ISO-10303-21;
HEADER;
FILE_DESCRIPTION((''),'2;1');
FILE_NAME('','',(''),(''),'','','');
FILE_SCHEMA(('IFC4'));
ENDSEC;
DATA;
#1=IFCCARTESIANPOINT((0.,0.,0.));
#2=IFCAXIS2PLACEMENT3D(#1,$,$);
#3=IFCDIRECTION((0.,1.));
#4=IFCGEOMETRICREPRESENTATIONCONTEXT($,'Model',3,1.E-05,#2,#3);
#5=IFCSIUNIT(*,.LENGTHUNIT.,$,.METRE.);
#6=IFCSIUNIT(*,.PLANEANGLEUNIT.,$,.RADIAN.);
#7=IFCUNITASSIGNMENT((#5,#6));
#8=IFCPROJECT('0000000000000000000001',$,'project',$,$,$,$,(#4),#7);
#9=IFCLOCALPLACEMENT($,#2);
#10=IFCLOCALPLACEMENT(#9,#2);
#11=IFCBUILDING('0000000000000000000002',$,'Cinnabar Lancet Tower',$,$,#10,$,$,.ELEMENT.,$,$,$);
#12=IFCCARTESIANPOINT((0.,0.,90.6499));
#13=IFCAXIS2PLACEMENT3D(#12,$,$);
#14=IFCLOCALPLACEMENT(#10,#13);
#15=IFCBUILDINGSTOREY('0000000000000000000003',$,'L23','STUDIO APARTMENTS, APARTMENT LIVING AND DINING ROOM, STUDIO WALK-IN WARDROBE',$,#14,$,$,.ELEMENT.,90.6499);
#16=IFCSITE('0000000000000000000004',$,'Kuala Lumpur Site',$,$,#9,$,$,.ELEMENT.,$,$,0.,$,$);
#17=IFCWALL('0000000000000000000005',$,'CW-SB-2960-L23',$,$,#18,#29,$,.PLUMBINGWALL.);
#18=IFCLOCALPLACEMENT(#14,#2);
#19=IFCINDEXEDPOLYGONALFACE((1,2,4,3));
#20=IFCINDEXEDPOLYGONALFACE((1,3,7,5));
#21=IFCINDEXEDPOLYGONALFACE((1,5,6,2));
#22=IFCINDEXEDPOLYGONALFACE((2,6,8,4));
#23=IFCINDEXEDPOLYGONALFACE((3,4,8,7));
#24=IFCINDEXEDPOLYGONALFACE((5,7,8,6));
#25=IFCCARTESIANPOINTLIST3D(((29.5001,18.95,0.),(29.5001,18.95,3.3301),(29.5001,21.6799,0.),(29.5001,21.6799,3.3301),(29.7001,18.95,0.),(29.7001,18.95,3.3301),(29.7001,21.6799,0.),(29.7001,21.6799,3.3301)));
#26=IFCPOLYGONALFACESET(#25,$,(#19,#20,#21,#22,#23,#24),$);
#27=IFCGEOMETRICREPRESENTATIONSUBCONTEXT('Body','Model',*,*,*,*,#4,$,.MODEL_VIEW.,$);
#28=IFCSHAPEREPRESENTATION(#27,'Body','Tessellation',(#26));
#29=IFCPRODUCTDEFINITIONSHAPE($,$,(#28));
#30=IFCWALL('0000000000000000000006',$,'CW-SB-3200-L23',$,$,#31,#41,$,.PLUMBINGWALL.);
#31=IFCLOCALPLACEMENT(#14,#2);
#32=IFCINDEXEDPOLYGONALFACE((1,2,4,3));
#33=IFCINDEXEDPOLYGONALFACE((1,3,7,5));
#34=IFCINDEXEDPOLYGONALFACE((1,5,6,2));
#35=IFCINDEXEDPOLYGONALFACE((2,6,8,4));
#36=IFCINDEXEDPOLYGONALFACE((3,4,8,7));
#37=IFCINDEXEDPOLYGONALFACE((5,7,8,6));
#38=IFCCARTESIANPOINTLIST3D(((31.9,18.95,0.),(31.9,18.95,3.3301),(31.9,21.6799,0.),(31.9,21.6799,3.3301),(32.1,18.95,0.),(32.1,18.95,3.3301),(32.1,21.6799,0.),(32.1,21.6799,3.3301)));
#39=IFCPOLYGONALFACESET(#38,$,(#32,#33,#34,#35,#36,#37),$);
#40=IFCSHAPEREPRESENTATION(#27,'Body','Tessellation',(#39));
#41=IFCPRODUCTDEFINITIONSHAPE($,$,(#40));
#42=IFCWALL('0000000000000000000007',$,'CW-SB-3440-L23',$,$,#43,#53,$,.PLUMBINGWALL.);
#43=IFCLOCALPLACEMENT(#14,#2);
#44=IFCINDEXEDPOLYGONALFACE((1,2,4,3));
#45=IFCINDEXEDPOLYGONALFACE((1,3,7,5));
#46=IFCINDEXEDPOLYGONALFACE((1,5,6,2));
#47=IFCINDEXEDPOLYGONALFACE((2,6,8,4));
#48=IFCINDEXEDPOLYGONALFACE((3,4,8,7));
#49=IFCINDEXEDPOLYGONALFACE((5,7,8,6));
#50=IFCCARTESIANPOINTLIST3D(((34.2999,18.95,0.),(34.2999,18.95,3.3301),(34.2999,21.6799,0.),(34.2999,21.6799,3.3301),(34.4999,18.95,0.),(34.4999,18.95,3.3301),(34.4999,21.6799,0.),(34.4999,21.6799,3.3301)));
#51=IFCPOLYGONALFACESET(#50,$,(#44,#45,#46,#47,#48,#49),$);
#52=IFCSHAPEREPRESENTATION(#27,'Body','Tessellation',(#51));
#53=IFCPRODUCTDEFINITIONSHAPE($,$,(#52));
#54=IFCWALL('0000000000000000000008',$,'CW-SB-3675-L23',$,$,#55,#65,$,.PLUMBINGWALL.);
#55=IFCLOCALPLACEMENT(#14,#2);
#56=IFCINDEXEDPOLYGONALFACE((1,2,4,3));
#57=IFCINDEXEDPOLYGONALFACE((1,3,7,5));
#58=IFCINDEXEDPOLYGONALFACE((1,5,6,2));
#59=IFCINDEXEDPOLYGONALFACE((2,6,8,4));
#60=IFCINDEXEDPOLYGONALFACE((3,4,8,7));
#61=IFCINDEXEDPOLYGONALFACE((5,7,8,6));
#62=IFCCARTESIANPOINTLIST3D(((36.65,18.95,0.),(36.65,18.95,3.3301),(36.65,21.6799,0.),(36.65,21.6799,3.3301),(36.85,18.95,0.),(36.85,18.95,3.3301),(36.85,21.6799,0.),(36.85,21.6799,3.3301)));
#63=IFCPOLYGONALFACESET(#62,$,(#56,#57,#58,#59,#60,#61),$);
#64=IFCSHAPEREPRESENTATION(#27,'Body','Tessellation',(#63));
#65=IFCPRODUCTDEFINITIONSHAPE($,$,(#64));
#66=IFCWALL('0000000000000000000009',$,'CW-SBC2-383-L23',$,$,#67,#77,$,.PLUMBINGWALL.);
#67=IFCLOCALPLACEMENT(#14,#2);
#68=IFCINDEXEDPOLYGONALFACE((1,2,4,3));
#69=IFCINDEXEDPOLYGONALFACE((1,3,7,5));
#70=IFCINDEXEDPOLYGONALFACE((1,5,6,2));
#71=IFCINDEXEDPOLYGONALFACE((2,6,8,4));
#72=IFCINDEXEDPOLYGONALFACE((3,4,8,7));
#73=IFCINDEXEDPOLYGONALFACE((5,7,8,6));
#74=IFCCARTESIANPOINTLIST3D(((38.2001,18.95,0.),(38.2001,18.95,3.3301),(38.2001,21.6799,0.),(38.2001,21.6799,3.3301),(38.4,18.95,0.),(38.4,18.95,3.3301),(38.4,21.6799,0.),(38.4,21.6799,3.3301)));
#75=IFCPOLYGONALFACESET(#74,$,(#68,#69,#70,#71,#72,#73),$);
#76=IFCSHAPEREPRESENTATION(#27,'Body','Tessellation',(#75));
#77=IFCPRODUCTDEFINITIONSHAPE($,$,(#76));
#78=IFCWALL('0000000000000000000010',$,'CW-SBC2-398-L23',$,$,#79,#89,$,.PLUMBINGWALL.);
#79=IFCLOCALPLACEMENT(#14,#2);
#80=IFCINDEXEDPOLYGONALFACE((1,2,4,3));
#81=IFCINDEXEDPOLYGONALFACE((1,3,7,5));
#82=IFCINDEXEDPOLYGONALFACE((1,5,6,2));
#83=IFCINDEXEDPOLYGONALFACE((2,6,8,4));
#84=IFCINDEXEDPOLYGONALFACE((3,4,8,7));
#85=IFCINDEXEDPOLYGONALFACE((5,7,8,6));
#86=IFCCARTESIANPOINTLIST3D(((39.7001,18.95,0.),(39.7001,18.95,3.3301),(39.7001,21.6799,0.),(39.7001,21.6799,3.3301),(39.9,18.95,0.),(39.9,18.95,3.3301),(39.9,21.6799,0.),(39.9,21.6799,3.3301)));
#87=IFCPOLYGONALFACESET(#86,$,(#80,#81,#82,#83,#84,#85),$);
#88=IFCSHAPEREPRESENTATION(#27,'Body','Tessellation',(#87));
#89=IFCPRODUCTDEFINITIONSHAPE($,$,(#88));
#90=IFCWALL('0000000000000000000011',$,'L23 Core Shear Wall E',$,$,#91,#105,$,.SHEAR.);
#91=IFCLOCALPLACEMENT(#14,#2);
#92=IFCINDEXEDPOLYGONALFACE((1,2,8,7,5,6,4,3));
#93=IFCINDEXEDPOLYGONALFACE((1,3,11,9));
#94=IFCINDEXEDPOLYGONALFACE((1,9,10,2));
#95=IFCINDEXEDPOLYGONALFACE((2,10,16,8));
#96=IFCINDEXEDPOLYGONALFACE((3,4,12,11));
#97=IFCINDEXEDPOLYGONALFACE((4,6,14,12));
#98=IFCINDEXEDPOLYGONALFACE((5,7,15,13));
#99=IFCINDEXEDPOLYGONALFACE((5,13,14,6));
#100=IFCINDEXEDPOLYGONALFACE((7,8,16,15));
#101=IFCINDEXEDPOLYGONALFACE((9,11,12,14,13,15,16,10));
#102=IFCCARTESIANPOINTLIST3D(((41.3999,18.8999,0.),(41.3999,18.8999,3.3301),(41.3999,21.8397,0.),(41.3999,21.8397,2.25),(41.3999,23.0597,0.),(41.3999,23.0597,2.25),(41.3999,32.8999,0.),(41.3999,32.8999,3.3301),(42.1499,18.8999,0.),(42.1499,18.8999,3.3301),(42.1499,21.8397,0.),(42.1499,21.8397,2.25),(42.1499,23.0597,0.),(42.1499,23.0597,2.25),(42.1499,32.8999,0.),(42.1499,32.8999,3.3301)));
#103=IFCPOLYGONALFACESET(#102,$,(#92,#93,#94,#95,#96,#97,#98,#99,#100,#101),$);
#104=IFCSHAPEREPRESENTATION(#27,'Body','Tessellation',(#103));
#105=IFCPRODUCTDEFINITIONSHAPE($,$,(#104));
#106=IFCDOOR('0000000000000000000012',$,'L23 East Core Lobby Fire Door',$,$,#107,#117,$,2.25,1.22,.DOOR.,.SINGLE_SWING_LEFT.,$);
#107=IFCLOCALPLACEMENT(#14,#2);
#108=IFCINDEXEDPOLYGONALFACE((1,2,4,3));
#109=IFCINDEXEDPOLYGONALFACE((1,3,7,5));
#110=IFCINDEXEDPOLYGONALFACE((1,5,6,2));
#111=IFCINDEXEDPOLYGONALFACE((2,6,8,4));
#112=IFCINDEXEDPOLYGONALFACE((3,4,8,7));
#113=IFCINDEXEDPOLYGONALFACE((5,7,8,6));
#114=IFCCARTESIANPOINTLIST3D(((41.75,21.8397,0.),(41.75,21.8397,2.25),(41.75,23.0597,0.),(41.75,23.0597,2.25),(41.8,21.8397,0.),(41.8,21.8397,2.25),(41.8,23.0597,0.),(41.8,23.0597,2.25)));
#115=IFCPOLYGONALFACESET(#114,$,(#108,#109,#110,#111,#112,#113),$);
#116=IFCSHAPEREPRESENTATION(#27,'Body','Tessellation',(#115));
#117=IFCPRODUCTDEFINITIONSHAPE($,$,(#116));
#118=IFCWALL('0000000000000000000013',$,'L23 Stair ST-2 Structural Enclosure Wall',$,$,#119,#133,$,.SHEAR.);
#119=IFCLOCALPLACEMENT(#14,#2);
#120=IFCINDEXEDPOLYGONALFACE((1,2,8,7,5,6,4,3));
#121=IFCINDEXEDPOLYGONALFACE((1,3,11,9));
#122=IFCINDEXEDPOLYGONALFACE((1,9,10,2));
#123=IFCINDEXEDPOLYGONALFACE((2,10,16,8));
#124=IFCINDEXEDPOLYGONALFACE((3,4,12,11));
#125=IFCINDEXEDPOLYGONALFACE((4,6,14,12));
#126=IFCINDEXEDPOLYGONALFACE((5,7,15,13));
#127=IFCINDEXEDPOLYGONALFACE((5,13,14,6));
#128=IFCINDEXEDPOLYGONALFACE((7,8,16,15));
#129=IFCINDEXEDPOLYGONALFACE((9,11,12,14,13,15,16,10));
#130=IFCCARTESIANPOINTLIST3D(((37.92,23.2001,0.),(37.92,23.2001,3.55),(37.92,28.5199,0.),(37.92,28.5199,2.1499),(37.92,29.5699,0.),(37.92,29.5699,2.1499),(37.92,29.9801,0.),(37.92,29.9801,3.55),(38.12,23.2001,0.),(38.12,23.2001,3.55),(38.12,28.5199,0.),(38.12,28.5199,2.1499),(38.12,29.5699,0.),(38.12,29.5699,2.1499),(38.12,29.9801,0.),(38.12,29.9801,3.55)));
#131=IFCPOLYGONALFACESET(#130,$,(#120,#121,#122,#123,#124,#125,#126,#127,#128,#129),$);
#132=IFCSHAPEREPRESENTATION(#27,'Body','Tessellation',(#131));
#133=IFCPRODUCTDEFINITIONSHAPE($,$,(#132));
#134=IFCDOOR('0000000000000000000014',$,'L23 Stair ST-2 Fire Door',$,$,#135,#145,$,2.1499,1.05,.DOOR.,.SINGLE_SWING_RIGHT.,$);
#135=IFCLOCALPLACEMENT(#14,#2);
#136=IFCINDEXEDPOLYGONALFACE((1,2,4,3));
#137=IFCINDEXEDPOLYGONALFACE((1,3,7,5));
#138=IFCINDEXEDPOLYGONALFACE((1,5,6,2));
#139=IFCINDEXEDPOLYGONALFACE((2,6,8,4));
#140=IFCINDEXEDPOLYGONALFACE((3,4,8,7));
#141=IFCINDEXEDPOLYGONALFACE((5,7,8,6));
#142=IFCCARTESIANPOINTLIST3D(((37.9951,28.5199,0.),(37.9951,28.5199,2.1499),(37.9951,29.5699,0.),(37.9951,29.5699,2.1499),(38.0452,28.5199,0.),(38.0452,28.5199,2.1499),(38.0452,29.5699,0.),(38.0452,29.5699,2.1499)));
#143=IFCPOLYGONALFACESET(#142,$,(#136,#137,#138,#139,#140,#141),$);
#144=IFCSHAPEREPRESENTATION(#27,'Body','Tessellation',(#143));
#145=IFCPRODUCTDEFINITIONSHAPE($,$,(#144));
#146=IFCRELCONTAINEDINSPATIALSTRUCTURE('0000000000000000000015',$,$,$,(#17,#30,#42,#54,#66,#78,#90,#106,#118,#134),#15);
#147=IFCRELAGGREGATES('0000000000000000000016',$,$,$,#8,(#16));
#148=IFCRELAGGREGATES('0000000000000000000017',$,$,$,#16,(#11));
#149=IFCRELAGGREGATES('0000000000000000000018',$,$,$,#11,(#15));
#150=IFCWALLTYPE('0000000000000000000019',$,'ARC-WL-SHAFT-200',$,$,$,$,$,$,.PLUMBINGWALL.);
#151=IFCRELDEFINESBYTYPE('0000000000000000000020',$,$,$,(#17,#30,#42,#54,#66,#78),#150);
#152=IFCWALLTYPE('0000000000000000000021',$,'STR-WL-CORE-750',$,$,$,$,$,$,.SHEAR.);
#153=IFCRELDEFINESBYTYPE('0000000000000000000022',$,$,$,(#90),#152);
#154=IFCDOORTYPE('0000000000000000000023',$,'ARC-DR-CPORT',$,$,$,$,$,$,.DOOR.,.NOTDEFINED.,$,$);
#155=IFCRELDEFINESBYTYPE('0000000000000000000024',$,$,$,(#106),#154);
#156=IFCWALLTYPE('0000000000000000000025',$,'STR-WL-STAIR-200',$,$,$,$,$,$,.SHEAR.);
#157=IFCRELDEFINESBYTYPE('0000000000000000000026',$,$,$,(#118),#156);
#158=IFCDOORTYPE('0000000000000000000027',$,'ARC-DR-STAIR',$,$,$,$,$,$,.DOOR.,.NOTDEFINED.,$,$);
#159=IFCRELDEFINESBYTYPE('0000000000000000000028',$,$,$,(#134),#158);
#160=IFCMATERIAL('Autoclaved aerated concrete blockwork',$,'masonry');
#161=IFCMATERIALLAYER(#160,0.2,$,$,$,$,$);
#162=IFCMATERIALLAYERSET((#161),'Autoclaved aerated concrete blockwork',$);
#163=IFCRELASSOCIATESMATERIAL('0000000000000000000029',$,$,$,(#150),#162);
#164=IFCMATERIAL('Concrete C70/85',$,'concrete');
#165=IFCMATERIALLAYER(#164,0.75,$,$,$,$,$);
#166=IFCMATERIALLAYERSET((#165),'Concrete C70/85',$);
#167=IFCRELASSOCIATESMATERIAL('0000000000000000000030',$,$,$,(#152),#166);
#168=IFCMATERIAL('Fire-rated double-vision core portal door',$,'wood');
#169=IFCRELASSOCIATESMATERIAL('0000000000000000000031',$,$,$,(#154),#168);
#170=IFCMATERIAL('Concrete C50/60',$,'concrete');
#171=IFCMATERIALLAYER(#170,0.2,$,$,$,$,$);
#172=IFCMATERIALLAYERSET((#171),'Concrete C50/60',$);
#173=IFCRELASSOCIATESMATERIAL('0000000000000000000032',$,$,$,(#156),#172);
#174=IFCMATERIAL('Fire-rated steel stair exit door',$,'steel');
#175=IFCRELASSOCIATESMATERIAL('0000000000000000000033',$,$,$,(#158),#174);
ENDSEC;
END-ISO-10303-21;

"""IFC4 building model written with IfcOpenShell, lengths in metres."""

from ifc_helpers import new_model, si_unit, direction, frame, frame_2d, origin, place, context, subcontext, project, spatial, rectangle, extrude, material, layer, layer_set, type_object, element, fill, save


model = new_model("IFC4")

# Units and contexts
model_context = context("Model", 3, precision=1e-05, world=origin(), true_north=direction((0.0, 1.0)))
body_context = subcontext(model_context, "Body", "Model", "MODEL_VIEW")
ifc_project = project(units=[si_unit("LENGTHUNIT", "METRE"), si_unit("PLANEANGLEUNIT", "RADIAN")], contexts=[model_context])

# Site, building, storey
site_placement = place(None, origin())
site = spatial("IfcSite", under=ifc_project, at=site_placement, Name="Kuala Lumpur Site", CompositionType="ELEMENT", RefElevation=0.0)
building_placement = place(site_placement, origin())
building = spatial("IfcBuilding", under=site, at=building_placement, Name="Cinnabar Lancet Tower", CompositionType="ELEMENT")
storey_placement = place(building_placement, frame((0.0, 0.0, 90.6499)))
storey = spatial("IfcBuildingStorey", under=building, at=storey_placement, Name="L23", Description="STUDIO APARTMENTS, APARTMENT LIVING AND DINING ROOM, STUDIO WALK-IN WARDROBE", CompositionType="ELEMENT", Elevation=90.6499)

# Shared definitions
ifc_material_1 = material(Name="Autoclaved aerated concrete blockwork", Category="masonry")
ifc_layer_1 = layer(ifc_material_1, 0.2)
ifc_layer_set_1 = layer_set([ifc_layer_1], Name="Autoclaved aerated concrete blockwork")
wall_type_1 = type_object("IfcWallType", Name="ARC-WL-SHAFT-200", PredefinedType="PLUMBINGWALL", material=ifc_layer_set_1)

# Walls
for number, where, z_axis, x_axis, name in (
    (1, (29.6001, 18.95, 0.0), (0.0, 0.0, 1.0), (0.0, 1.0, 0.0), "CW-SB-2960-L23"),
    (2, (32.0, 18.95, 0.0), (0.0, 0.0, 1.0), (0.0, 1.0, 0.0), "CW-SB-3200-L23"),
    (3, (34.3999, 18.95, 0.0), (0.0, 0.0, 1.0), (0.0, 1.0, 0.0), "CW-SB-3440-L23"),
    (4, (36.75, 18.95, 0.0), (0.0, 0.0, 1.0), (0.0, 1.0, 0.0), "CW-SB-3675-L23"),
    (5, (38.3, 18.95, 0.0), (0.0, 0.0, 1.0), (0.0, 1.0, 0.0), "CW-SBC2-383-L23"),
    (6, (39.8, 18.95, 0.0), (0.0, 0.0, 1.0), (0.0, 1.0, 0.0), "CW-SBC2-398-L23"),
):
    element("IfcWall", number, at=place(storey_placement, frame(where, z_axis=z_axis, x_axis=x_axis)), inside=storey, type_object=wall_type_1, Name=name, PredefinedType="PLUMBINGWALL", context=body_context, shape_type="SweptSolid", body=[
        extrude(rectangle(XDim=2.73, YDim=0.2, at=frame_2d((1.365, 0.0))), origin(), (0.0, 0.0, 1.0), 3.3301),
    ])

# Walls, openings, doors
ifc_material_2 = material(Name="Concrete C70/85", Category="concrete")
ifc_layer_2 = layer(ifc_material_2, 0.75)
ifc_layer_set_2 = layer_set([ifc_layer_2], Name="Concrete C70/85")
wall_type_2 = type_object("IfcWallType", Name="STR-WL-CORE-750", PredefinedType="SHEAR", material=ifc_layer_set_2)
wall_1_placement = place(storey_placement, frame((41.7749, 18.8999, 0.0), z_axis=(0.0, 0.0, 1.0), x_axis=(0.0, 1.0, 0.0)))
wall_1 = element("IfcWall", 7, at=wall_1_placement, inside=storey, type_object=wall_type_2, Name="L23 Core Shear Wall E", PredefinedType="SHEAR", context=body_context, shape_type="SweptSolid", body=[
    extrude(rectangle(XDim=14.0, YDim=0.75, at=frame_2d((7.0, 0.0))), origin(), (0.0, 0.0, 1.0), 3.3301),
])
opening_1_placement = place(wall_1_placement, frame((2.9399, 0.0, 0.0)))
opening_1 = element("IfcOpeningElement", 8, at=opening_1_placement, cuts=wall_1, PredefinedType="OPENING", context=body_context, shape_type="SweptSolid", body=[
    extrude(rectangle(XDim=1.22, YDim=2.25, at=frame_2d((0.6099, 1.125))), frame((0.0, 0.385, 0.0), z_axis=(0.0, -1.0, 0.0), x_axis=(1.0, 0.0, 0.0)), (0.0, 0.0, 1.0), 0.77),
])
ifc_material_3 = material(Name="Fire-rated double-vision core portal door", Category="wood")
door_type_1 = type_object("IfcDoorType", Name="ARC-DR-CPORT", OperationType="NOTDEFINED", PredefinedType="DOOR", material=ifc_material_3)
door_1_placement = place(opening_1_placement, origin())
door_1 = element("IfcDoor", 9, at=door_1_placement, inside=storey, type_object=door_type_1, Name="L23 East Core Lobby Fire Door", OperationType="SINGLE_SWING_LEFT", OverallHeight=2.25, OverallWidth=1.22, PredefinedType="DOOR", context=body_context, shape_type="SweptSolid", body=[
    extrude(rectangle(XDim=1.22, YDim=2.25, at=frame_2d((0.6099, 1.125))), frame((0.0, 0.0249, 0.0), z_axis=(0.0, -1.0, 0.0), x_axis=(1.0, 0.0, 0.0)), (0.0, 0.0, 1.0), 0.05),
])
fill(opening_1, door_1)
ifc_material_4 = material(Name="Concrete C50/60", Category="concrete")
ifc_layer_3 = layer(ifc_material_4, 0.2)
ifc_layer_set_3 = layer_set([ifc_layer_3], Name="Concrete C50/60")
wall_type_3 = type_object("IfcWallType", Name="STR-WL-STAIR-200", PredefinedType="SHEAR", material=ifc_layer_set_3)
wall_2_placement = place(storey_placement, frame((38.02, 23.2, 0.0), z_axis=(0.0, 0.0, 1.0), x_axis=(0.0, 1.0, 0.0)))
wall_2 = element("IfcWall", 10, at=wall_2_placement, inside=storey, type_object=wall_type_3, Name="L23 Stair ST-2 Structural Enclosure Wall", PredefinedType="SHEAR", context=body_context, shape_type="SweptSolid", body=[
    extrude(rectangle(XDim=6.78, YDim=0.2, at=frame_2d((3.3901, 0.0))), origin(), (0.0, 0.0, 1.0), 3.55),
])
opening_2_placement = place(wall_2_placement, frame((5.3201, 0.0, 0.0)))
opening_2 = element("IfcOpeningElement", 11, at=opening_2_placement, cuts=wall_2, PredefinedType="OPENING", context=body_context, shape_type="SweptSolid", body=[
    extrude(rectangle(XDim=1.05, YDim=2.1499, at=frame_2d((0.5249, 1.075))), frame((0.0, 0.1099, 0.0), z_axis=(0.0, -1.0, 0.0), x_axis=(1.0, 0.0, 0.0)), (0.0, 0.0, 1.0), 0.22),
])
ifc_material_5 = material(Name="Fire-rated steel stair exit door", Category="steel")
door_type_2 = type_object("IfcDoorType", Name="ARC-DR-STAIR", OperationType="NOTDEFINED", PredefinedType="DOOR", material=ifc_material_5)
door_2_placement = place(opening_2_placement, origin())
door_2 = element("IfcDoor", 12, at=door_2_placement, inside=storey, type_object=door_type_2, Name="L23 Stair ST-2 Fire Door", OperationType="SINGLE_SWING_RIGHT", OverallHeight=2.1499, OverallWidth=1.05, PredefinedType="DOOR", context=body_context, shape_type="SweptSolid", body=[
    extrude(rectangle(XDim=1.05, YDim=2.1499, at=frame_2d((0.5249, 1.075))), frame((0.0, 0.0249, 0.0), z_axis=(0.0, -1.0, 0.0), x_axis=(1.0, 0.0, 0.0)), (0.0, 0.0, 1.0), 0.05),
])
fill(opening_2, door_2)

save(model, "model.ifc")
